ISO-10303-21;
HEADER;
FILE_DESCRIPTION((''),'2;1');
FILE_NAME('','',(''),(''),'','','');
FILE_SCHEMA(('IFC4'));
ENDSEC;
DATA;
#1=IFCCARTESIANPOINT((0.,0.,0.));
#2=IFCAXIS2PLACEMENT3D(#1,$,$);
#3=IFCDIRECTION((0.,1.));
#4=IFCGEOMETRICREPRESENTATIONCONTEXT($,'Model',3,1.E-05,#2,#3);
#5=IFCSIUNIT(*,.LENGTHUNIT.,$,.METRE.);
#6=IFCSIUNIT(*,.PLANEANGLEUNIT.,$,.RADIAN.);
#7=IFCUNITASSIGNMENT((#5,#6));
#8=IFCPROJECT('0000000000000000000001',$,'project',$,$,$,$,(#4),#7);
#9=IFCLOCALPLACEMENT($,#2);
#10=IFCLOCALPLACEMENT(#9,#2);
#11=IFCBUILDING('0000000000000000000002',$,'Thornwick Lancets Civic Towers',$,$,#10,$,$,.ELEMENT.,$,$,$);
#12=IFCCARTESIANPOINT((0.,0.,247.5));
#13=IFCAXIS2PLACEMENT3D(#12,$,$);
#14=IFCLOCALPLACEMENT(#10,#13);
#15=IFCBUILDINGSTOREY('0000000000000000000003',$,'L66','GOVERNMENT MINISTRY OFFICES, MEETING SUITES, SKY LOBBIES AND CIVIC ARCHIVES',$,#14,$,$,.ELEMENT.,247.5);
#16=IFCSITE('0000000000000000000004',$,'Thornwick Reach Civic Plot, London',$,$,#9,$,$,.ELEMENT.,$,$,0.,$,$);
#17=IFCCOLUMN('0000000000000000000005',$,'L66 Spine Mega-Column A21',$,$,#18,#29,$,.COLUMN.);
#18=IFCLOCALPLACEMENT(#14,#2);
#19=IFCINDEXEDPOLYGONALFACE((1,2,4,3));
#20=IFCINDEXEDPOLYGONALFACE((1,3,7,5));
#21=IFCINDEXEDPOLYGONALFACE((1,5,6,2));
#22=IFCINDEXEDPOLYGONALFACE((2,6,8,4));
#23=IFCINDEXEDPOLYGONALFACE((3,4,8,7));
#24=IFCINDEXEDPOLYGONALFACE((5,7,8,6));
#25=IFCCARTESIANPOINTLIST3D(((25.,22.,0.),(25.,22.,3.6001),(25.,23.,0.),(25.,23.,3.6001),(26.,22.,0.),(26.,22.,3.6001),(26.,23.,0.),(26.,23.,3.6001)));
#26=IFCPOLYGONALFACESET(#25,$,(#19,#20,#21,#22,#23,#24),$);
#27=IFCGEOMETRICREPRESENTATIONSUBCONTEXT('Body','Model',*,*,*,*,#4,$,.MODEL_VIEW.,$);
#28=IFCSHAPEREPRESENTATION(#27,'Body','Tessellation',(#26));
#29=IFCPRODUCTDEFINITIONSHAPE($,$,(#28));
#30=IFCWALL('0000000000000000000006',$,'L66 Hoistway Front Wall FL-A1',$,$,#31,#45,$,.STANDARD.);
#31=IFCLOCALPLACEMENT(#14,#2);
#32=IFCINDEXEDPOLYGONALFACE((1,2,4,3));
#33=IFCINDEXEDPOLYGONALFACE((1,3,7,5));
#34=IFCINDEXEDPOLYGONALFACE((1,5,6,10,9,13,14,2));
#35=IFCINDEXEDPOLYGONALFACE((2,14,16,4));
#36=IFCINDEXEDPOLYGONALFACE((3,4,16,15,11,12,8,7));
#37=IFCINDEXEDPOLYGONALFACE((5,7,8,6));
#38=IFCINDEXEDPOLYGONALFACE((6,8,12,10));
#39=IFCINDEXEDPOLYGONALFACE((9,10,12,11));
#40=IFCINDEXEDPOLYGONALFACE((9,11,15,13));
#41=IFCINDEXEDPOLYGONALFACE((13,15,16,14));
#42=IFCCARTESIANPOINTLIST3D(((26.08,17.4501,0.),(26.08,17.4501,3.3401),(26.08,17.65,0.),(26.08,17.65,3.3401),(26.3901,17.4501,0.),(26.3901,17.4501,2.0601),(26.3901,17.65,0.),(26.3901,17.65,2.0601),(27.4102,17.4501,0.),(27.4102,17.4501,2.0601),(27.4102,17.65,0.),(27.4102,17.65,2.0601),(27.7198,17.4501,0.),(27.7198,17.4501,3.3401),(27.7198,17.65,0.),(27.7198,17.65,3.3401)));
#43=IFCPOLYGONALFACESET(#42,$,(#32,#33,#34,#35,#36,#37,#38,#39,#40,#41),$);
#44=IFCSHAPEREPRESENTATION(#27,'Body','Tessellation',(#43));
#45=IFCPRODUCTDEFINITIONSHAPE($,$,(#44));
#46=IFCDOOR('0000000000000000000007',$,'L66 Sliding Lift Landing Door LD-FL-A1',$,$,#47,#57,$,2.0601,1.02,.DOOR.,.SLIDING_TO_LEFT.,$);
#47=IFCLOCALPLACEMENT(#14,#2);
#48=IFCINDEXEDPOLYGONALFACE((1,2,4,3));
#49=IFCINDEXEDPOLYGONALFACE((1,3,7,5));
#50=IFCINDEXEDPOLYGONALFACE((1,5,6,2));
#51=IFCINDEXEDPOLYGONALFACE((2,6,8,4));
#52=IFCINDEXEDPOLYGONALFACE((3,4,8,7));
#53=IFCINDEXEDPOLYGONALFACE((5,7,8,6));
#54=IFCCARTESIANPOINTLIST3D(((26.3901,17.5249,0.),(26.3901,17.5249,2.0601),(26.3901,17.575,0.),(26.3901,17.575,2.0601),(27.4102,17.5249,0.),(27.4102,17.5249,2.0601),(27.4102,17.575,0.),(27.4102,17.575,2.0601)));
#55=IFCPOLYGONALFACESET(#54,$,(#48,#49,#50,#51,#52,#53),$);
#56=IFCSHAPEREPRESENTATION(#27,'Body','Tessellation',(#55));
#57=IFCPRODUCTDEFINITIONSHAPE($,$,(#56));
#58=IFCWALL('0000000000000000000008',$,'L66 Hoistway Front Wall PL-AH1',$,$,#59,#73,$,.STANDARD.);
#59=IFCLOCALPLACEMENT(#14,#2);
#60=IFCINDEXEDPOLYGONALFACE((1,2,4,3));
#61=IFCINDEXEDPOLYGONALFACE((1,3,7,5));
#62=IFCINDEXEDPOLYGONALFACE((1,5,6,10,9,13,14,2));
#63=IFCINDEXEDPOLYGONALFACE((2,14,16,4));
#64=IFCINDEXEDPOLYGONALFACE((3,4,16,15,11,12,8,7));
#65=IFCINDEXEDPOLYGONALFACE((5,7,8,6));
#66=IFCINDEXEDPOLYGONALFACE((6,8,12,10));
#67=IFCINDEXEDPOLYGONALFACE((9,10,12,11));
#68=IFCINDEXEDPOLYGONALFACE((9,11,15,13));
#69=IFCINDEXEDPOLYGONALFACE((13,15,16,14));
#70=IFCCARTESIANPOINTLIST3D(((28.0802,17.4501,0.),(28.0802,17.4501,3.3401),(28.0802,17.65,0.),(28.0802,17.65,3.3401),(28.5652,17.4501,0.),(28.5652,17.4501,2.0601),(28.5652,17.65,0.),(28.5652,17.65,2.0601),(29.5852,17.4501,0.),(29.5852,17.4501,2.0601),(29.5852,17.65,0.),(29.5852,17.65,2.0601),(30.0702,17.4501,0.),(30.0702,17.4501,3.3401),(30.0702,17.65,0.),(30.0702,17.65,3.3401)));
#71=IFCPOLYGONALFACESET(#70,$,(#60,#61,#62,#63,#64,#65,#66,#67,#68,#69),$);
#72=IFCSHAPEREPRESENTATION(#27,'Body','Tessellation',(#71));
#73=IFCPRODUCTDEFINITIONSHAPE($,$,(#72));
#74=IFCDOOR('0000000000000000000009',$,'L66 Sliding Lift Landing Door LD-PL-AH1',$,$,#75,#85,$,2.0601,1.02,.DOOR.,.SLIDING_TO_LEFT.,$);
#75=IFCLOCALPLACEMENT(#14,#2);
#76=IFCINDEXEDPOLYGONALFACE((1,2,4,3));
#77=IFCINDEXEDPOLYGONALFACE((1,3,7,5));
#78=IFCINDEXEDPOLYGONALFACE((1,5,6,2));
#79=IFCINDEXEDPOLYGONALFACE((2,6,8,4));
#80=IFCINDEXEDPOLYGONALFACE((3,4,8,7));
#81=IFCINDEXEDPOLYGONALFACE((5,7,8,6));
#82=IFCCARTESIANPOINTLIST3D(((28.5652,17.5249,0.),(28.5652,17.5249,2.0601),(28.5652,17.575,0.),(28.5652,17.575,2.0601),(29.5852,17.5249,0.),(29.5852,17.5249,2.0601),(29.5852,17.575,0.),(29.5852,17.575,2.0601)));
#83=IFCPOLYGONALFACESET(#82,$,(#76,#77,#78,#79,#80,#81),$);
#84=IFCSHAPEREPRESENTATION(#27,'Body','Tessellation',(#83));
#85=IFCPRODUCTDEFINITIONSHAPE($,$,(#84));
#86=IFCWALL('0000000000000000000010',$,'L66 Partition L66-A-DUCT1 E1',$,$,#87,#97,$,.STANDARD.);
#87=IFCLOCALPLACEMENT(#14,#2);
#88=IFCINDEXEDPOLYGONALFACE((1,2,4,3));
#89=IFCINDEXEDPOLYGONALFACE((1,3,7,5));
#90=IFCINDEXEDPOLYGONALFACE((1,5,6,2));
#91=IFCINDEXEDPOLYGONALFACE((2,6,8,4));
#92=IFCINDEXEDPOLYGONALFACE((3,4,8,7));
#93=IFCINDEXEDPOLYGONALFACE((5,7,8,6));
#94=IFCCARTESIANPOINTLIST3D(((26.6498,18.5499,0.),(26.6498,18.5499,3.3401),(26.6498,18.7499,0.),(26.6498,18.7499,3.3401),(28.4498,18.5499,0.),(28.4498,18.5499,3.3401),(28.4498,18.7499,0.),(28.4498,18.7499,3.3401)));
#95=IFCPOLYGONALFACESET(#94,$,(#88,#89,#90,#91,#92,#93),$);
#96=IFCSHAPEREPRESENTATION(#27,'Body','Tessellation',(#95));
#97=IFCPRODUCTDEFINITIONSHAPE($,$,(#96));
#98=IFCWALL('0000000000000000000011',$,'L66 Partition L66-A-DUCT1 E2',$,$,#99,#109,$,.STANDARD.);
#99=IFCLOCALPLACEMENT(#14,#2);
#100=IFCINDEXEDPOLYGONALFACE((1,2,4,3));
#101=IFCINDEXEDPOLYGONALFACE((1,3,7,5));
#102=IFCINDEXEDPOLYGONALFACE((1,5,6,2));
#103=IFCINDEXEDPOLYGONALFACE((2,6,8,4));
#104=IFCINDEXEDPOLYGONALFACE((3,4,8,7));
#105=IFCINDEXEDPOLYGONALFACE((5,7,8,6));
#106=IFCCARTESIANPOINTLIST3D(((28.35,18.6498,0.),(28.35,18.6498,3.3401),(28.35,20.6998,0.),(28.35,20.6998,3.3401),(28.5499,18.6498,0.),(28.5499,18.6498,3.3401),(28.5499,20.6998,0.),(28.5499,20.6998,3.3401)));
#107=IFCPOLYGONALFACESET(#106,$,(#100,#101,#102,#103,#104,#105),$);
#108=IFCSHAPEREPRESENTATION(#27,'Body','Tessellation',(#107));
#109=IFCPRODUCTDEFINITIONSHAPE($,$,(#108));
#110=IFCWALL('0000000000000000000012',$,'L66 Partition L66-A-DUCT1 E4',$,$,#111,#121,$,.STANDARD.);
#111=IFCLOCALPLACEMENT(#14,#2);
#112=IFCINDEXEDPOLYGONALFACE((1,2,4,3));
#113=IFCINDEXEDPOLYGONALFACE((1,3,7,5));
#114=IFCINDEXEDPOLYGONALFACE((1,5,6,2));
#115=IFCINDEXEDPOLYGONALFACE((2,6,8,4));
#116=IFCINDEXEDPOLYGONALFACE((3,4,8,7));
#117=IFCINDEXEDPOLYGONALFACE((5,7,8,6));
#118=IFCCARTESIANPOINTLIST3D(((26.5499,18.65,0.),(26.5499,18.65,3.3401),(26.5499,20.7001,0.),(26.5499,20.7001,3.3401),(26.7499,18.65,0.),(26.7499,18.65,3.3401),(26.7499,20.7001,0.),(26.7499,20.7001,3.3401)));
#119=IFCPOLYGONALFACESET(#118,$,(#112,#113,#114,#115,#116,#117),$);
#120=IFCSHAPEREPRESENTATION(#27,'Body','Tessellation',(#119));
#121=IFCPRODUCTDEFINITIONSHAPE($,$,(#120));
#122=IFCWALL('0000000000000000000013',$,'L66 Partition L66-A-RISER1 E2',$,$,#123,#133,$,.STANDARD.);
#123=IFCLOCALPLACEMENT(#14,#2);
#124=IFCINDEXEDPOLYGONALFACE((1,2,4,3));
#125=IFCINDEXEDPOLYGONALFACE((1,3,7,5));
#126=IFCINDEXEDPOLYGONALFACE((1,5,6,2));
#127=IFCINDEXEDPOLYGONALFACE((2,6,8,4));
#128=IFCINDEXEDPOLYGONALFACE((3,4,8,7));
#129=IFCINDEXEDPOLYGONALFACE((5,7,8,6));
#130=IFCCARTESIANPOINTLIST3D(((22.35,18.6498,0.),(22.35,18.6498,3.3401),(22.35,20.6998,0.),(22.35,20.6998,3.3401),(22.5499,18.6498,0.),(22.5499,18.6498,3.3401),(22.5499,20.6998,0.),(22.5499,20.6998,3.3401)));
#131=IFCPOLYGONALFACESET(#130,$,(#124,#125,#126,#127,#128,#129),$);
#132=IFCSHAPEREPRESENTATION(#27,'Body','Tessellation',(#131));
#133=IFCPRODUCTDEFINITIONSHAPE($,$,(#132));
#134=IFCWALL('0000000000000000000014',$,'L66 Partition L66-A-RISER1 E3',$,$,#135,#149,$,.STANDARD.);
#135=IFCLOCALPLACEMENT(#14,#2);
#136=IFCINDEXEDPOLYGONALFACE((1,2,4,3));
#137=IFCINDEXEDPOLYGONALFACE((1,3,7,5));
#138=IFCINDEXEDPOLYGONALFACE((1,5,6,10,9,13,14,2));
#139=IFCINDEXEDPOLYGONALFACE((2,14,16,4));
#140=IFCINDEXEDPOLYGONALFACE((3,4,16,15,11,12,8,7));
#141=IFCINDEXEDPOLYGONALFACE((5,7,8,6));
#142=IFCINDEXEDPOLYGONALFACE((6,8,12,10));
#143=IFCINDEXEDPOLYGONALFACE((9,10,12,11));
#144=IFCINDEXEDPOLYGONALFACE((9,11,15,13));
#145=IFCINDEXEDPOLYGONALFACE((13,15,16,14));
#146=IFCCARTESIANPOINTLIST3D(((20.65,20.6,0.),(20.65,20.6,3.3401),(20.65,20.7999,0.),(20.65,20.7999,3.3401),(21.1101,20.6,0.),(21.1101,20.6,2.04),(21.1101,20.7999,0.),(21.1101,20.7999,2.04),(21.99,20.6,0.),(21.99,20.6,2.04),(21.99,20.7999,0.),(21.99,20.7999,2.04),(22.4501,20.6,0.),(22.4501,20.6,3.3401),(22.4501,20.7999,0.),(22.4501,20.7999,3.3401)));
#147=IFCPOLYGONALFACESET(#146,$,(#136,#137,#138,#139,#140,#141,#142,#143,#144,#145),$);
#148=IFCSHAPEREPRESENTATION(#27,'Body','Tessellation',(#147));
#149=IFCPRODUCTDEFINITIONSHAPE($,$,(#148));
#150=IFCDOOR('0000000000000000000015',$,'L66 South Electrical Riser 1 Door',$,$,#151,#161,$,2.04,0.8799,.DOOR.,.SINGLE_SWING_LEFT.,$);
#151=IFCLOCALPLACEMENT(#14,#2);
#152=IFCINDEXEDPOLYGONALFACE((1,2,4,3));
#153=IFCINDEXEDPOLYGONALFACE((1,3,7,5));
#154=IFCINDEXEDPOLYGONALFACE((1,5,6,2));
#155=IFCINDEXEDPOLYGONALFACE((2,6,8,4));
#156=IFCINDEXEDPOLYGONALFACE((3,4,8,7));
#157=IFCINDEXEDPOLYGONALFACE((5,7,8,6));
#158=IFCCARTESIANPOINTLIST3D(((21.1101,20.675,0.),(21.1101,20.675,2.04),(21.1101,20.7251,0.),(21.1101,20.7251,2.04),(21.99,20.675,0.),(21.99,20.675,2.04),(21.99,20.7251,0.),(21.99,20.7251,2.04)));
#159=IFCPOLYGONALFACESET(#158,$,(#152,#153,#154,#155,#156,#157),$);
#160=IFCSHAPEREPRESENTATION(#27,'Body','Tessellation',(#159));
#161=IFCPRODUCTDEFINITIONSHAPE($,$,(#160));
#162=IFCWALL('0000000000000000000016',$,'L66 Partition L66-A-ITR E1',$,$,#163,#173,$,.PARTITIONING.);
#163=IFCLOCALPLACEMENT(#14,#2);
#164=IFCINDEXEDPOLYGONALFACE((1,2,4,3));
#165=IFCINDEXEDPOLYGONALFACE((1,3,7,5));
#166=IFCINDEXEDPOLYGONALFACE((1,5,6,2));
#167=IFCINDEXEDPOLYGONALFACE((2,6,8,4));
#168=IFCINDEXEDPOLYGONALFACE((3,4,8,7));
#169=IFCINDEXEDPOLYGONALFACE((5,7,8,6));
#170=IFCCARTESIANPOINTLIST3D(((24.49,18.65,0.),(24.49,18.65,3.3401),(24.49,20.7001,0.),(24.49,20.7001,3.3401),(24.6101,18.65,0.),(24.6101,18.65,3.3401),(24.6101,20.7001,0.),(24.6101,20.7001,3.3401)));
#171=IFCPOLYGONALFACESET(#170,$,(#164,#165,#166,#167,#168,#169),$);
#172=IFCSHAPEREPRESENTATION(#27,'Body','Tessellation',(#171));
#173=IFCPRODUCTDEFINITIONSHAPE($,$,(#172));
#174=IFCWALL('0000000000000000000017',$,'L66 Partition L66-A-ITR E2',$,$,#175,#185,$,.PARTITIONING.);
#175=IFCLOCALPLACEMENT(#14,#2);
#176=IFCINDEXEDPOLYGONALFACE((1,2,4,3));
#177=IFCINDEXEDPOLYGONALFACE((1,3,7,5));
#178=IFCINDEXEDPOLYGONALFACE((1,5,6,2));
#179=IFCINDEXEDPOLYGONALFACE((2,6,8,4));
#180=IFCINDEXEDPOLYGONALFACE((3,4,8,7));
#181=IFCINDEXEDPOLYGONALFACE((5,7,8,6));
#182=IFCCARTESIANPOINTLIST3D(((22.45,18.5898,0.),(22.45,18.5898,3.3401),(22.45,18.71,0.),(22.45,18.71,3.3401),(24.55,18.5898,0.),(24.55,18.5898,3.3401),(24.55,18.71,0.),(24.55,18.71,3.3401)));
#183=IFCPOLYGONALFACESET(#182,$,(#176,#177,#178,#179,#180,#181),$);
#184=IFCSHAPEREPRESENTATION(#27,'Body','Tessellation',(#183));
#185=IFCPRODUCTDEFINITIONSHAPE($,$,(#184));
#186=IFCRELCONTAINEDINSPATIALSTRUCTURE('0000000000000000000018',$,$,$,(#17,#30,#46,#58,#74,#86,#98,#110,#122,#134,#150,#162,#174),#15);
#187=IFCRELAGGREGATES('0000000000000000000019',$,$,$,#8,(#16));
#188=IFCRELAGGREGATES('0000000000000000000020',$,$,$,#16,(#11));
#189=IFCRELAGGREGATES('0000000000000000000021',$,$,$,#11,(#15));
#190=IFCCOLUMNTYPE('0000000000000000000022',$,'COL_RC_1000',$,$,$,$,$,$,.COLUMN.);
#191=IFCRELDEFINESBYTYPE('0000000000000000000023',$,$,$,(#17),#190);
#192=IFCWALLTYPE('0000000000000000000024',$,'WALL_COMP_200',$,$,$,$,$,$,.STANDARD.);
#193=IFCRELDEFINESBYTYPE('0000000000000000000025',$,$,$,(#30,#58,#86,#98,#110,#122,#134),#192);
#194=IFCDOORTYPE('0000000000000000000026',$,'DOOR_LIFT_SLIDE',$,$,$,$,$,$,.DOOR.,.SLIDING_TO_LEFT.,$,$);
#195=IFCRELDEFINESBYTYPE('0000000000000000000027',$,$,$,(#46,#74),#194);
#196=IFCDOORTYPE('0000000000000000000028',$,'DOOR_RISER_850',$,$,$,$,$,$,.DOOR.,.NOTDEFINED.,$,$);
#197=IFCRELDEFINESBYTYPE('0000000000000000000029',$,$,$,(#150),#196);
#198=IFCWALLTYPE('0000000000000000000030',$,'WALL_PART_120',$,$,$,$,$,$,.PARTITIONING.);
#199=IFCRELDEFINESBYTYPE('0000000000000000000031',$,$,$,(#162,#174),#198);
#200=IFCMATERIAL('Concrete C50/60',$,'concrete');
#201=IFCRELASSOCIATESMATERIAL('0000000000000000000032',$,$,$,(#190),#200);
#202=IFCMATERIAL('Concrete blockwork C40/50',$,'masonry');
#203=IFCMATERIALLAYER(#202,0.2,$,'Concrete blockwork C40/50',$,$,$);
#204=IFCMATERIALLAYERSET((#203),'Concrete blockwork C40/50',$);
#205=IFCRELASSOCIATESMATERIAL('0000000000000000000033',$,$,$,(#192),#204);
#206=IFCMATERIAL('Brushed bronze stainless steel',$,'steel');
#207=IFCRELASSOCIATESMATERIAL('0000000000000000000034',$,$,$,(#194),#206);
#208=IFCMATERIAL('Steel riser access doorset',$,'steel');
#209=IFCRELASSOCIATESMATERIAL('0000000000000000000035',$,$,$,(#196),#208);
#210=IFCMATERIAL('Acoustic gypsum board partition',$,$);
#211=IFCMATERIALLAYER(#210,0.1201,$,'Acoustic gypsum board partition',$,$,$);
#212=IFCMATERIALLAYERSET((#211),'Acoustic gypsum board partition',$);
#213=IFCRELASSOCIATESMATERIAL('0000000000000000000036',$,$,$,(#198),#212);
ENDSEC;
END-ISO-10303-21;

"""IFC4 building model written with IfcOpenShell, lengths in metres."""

from ifc_helpers import new_model, si_unit, direction, frame, frame_2d, origin, origin_2d, place, context, subcontext, project, spatial, rectangle, extrude, material, layer, layer_set, material_profile, profile_set, type_object, element, fill, save


model = new_model("IFC4")

# Units and contexts
model_context = context("Model", 3, precision=1e-05, world=origin(), true_north=direction((0.0, 1.0)))
body_context = subcontext(model_context, "Body", "Model", "MODEL_VIEW")
ifc_project = project(units=[si_unit("LENGTHUNIT", "METRE"), si_unit("PLANEANGLEUNIT", "RADIAN")], contexts=[model_context])

# Site, building, storey
site_placement = place(None, origin())
site = spatial("IfcSite", under=ifc_project, at=site_placement, Name="Thornwick Reach Civic Plot, London", CompositionType="ELEMENT", RefElevation=0.0)
building_placement = place(site_placement, origin())
building = spatial("IfcBuilding", under=site, at=building_placement, Name="Thornwick Lancets Civic Towers", CompositionType="ELEMENT")
storey_placement = place(building_placement, frame((0.0, 0.0, 247.5)))
storey = spatial("IfcBuildingStorey", under=building, at=storey_placement, Name="L66", Description="GOVERNMENT MINISTRY OFFICES, MEETING SUITES, SKY LOBBIES AND CIVIC ARCHIVES", CompositionType="ELEMENT", Elevation=247.5)

# Column
ifc_material_1 = material(Name="Concrete C50/60", Category="concrete")
ifc_material_profile = material_profile(ifc_material_1, rectangle(XDim=1.0, YDim=1.0, at=origin_2d()), Name="RC 1000x1000")
ifc_profile_set = profile_set([ifc_material_profile], Name="Concrete C50/60")
column_type = type_object("IfcColumnType", Name="COL_RC_1000", PredefinedType="COLUMN", material=ifc_profile_set)
column_placement = place(storey_placement, frame((25.5, 22.5, 0.0), z_axis=(0.0, 0.0, 1.0), x_axis=(1.0, 0.0, 0.0)))
element("IfcColumn", 1, at=column_placement, inside=storey, type_object=column_type, Name="L66 Spine Mega-Column A21", PredefinedType="COLUMN", context=body_context, shape_type="SweptSolid", body=[
    extrude(rectangle(XDim=1.0, YDim=1.0, at=origin_2d()), origin(), (0.0, 0.0, 1.0), 3.6001),
])

# Walls, openings, doors
ifc_material_2 = material(Name="Concrete blockwork C40/50", Category="masonry")
ifc_layer_1 = layer(ifc_material_2, 0.2, Name="Concrete blockwork C40/50")
ifc_layer_set_1 = layer_set([ifc_layer_1], Name="Concrete blockwork C40/50")
wall_type_1 = type_object("IfcWallType", Name="WALL_COMP_200", PredefinedType="STANDARD", material=ifc_layer_set_1)
wall_1_placement = place(storey_placement, frame((26.0801, 17.55, 0.0), z_axis=(0.0, 0.0, 1.0), x_axis=(1.0, 0.0, 0.0)))
wall_1 = element("IfcWall", 2, at=wall_1_placement, inside=storey, type_object=wall_type_1, Name="L66 Hoistway Front Wall FL-A1", PredefinedType="STANDARD", context=body_context, shape_type="SweptSolid", body=[
    extrude(rectangle(XDim=1.6399, YDim=0.2, at=frame_2d((0.8198, 0.0))), origin(), (0.0, 0.0, 1.0), 3.3401),
])
opening_1_placement = place(wall_1_placement, frame((0.3101, 0.0, 0.0)))
opening_1 = element("IfcOpeningElement", 3, at=opening_1_placement, cuts=wall_1, PredefinedType="OPENING", context=body_context, shape_type="SweptSolid", body=[
    extrude(rectangle(XDim=1.02, YDim=2.0601, at=frame_2d((0.51, 1.03))), frame((0.0, 0.1099, 0.0), z_axis=(0.0, -1.0, 0.0), x_axis=(1.0, 0.0, 0.0)), (0.0, 0.0, 1.0), 0.22),
])
ifc_material_3 = material(Name="Brushed bronze stainless steel", Category="steel")
door_type_1 = type_object("IfcDoorType", Name="DOOR_LIFT_SLIDE", OperationType="SLIDING_TO_LEFT", PredefinedType="DOOR", material=ifc_material_3)
door_1_placement = place(opening_1_placement, origin())
door_1 = element("IfcDoor", 4, at=door_1_placement, inside=storey, type_object=door_type_1, Name="L66 Sliding Lift Landing Door LD-FL-A1", OperationType="SLIDING_TO_LEFT", OverallHeight=2.0601, OverallWidth=1.02, PredefinedType="DOOR", context=body_context, shape_type="SweptSolid", body=[
    extrude(rectangle(XDim=1.02, YDim=2.0601, at=frame_2d((0.51, 1.03))), frame((0.0, 0.0249, 0.0), z_axis=(0.0, -1.0, 0.0), x_axis=(1.0, 0.0, 0.0)), (0.0, 0.0, 1.0), 0.05),
])
fill(opening_1, door_1)
wall_2_placement = place(storey_placement, frame((28.0801, 17.55, 0.0), z_axis=(0.0, 0.0, 1.0), x_axis=(1.0, 0.0, 0.0)))
wall_2 = element("IfcWall", 5, at=wall_2_placement, inside=storey, type_object=wall_type_1, Name="L66 Hoistway Front Wall PL-AH1", PredefinedType="STANDARD", context=body_context, shape_type="SweptSolid", body=[
    extrude(rectangle(XDim=1.99, YDim=0.2, at=frame_2d((0.9951, 0.0))), origin(), (0.0, 0.0, 1.0), 3.3401),
])
opening_2_placement = place(wall_2_placement, frame((0.4851, 0.0, 0.0)))
opening_2 = element("IfcOpeningElement", 6, at=opening_2_placement, cuts=wall_2, PredefinedType="OPENING", context=body_context, shape_type="SweptSolid", body=[
    extrude(rectangle(XDim=1.02, YDim=2.0601, at=frame_2d((0.51, 1.03))), frame((0.0, 0.1099, 0.0), z_axis=(0.0, -1.0, 0.0), x_axis=(1.0, 0.0, 0.0)), (0.0, 0.0, 1.0), 0.22),
])
door_2_placement = place(opening_2_placement, origin())
door_2 = element("IfcDoor", 7, at=door_2_placement, inside=storey, type_object=door_type_1, Name="L66 Sliding Lift Landing Door LD-PL-AH1", OperationType="SLIDING_TO_LEFT", OverallHeight=2.0601, OverallWidth=1.02, PredefinedType="DOOR", context=body_context, shape_type="SweptSolid", body=[
    extrude(rectangle(XDim=1.02, YDim=2.0601, at=frame_2d((0.51, 1.03))), frame((0.0, 0.0249, 0.0), z_axis=(0.0, -1.0, 0.0), x_axis=(1.0, 0.0, 0.0)), (0.0, 0.0, 1.0), 0.05),
])
fill(opening_2, door_2)

# Walls
wall_3_placement = place(storey_placement, frame((26.6499, 18.6499, 0.0), z_axis=(0.0, 0.0, 1.0), x_axis=(1.0, 0.0, 0.0)))
element("IfcWall", 8, at=wall_3_placement, inside=storey, type_object=wall_type_1, Name="L66 Partition L66-A-DUCT1 E1", PredefinedType="STANDARD", context=body_context, shape_type="SweptSolid", body=[
    extrude(rectangle(XDim=1.8, YDim=0.2, at=frame_2d((0.8999, 0.0))), origin(), (0.0, 0.0, 1.0), 3.3401),
])
for number, where, z_axis, x_axis, name in (
    (9, (28.45, 18.6499, 0.0), (0.0, 0.0, 1.0), (0.0, 1.0, 0.0), "L66 Partition L66-A-DUCT1 E2"),
    (10, (26.6499, 20.7, 0.0), (0.0, 0.0, 1.0), (0.0, -1.0, 0.0), "L66 Partition L66-A-DUCT1 E4"),
    (11, (22.45, 18.6499, 0.0), (0.0, 0.0, 1.0), (0.0, 1.0, 0.0), "L66 Partition L66-A-RISER1 E2"),
):
    element("IfcWall", number, at=place(storey_placement, frame(where, z_axis=z_axis, x_axis=x_axis)), inside=storey, type_object=wall_type_1, Name=name, PredefinedType="STANDARD", context=body_context, shape_type="SweptSolid", body=[
        extrude(rectangle(XDim=2.05, YDim=0.2, at=frame_2d((1.0249, 0.0))), origin(), (0.0, 0.0, 1.0), 3.3401),
    ])

# Wall, opening, door
wall_4_placement = place(storey_placement, frame((22.45, 20.7, 0.0), z_axis=(0.0, 0.0, 1.0), x_axis=(-1.0, 0.0, 0.0)))
wall_4 = element("IfcWall", 12, at=wall_4_placement, inside=storey, type_object=wall_type_1, Name="L66 Partition L66-A-RISER1 E3", PredefinedType="STANDARD", context=body_context, shape_type="SweptSolid", body=[
    extrude(rectangle(XDim=1.8, YDim=0.2, at=frame_2d((0.8999, 0.0))), origin(), (0.0, 0.0, 1.0), 3.3401),
])
opening_3_placement = place(wall_4_placement, frame((0.46, 0.0, 0.0)))
opening_3 = element("IfcOpeningElement", 13, at=opening_3_placement, cuts=wall_4, PredefinedType="OPENING", context=body_context, shape_type="SweptSolid", body=[
    extrude(rectangle(XDim=0.8799, YDim=2.04, at=frame_2d((0.4399, 1.02))), frame((0.0, 0.1099, 0.0), z_axis=(0.0, -1.0, 0.0), x_axis=(1.0, 0.0, 0.0)), (0.0, 0.0, 1.0), 0.22),
])
ifc_material_4 = material(Name="Steel riser access doorset", Category="steel")
door_type_2 = type_object("IfcDoorType", Name="DOOR_RISER_850", OperationType="NOTDEFINED", PredefinedType="DOOR", material=ifc_material_4)
door_3_placement = place(opening_3_placement, origin())
door_3 = element("IfcDoor", 14, at=door_3_placement, inside=storey, type_object=door_type_2, Name="L66 South Electrical Riser 1 Door", OperationType="SINGLE_SWING_LEFT", OverallHeight=2.04, OverallWidth=0.8799, PredefinedType="DOOR", context=body_context, shape_type="SweptSolid", body=[
    extrude(rectangle(XDim=0.8799, YDim=2.04, at=frame_2d((0.4399, 1.02))), frame((0.0, 0.0249, 0.0), z_axis=(0.0, -1.0, 0.0), x_axis=(1.0, 0.0, 0.0)), (0.0, 0.0, 1.0), 0.05),
])
fill(opening_3, door_3)

# Walls
ifc_material_5 = material(Name="Acoustic gypsum board partition")
ifc_layer_2 = layer(ifc_material_5, 0.1201, Name="Acoustic gypsum board partition")
ifc_layer_set_2 = layer_set([ifc_layer_2], Name="Acoustic gypsum board partition")
wall_type_2 = type_object("IfcWallType", Name="WALL_PART_120", PredefinedType="PARTITIONING", material=ifc_layer_set_2)
wall_5_placement = place(storey_placement, frame((24.55, 20.7, 0.0), z_axis=(0.0, 0.0, 1.0), x_axis=(0.0, -1.0, 0.0)))
element("IfcWall", 15, at=wall_5_placement, inside=storey, type_object=wall_type_2, Name="L66 Partition L66-A-ITR E1", PredefinedType="PARTITIONING", context=body_context, shape_type="SweptSolid", body=[
    extrude(rectangle(XDim=2.05, YDim=0.1201, at=frame_2d((1.0249, 0.0))), origin(), (0.0, 0.0, 1.0), 3.3401),
])
wall_6_placement = place(storey_placement, frame((24.55, 18.6499, 0.0), z_axis=(0.0, 0.0, 1.0), x_axis=(-1.0, 0.0, 0.0)))
element("IfcWall", 16, at=wall_6_placement, inside=storey, type_object=wall_type_2, Name="L66 Partition L66-A-ITR E2", PredefinedType="PARTITIONING", context=body_context, shape_type="SweptSolid", body=[
    extrude(rectangle(XDim=2.1001, YDim=0.1201, at=frame_2d((1.05, 0.0))), origin(), (0.0, 0.0, 1.0), 3.3401),
])

save(model, "model.ifc")
